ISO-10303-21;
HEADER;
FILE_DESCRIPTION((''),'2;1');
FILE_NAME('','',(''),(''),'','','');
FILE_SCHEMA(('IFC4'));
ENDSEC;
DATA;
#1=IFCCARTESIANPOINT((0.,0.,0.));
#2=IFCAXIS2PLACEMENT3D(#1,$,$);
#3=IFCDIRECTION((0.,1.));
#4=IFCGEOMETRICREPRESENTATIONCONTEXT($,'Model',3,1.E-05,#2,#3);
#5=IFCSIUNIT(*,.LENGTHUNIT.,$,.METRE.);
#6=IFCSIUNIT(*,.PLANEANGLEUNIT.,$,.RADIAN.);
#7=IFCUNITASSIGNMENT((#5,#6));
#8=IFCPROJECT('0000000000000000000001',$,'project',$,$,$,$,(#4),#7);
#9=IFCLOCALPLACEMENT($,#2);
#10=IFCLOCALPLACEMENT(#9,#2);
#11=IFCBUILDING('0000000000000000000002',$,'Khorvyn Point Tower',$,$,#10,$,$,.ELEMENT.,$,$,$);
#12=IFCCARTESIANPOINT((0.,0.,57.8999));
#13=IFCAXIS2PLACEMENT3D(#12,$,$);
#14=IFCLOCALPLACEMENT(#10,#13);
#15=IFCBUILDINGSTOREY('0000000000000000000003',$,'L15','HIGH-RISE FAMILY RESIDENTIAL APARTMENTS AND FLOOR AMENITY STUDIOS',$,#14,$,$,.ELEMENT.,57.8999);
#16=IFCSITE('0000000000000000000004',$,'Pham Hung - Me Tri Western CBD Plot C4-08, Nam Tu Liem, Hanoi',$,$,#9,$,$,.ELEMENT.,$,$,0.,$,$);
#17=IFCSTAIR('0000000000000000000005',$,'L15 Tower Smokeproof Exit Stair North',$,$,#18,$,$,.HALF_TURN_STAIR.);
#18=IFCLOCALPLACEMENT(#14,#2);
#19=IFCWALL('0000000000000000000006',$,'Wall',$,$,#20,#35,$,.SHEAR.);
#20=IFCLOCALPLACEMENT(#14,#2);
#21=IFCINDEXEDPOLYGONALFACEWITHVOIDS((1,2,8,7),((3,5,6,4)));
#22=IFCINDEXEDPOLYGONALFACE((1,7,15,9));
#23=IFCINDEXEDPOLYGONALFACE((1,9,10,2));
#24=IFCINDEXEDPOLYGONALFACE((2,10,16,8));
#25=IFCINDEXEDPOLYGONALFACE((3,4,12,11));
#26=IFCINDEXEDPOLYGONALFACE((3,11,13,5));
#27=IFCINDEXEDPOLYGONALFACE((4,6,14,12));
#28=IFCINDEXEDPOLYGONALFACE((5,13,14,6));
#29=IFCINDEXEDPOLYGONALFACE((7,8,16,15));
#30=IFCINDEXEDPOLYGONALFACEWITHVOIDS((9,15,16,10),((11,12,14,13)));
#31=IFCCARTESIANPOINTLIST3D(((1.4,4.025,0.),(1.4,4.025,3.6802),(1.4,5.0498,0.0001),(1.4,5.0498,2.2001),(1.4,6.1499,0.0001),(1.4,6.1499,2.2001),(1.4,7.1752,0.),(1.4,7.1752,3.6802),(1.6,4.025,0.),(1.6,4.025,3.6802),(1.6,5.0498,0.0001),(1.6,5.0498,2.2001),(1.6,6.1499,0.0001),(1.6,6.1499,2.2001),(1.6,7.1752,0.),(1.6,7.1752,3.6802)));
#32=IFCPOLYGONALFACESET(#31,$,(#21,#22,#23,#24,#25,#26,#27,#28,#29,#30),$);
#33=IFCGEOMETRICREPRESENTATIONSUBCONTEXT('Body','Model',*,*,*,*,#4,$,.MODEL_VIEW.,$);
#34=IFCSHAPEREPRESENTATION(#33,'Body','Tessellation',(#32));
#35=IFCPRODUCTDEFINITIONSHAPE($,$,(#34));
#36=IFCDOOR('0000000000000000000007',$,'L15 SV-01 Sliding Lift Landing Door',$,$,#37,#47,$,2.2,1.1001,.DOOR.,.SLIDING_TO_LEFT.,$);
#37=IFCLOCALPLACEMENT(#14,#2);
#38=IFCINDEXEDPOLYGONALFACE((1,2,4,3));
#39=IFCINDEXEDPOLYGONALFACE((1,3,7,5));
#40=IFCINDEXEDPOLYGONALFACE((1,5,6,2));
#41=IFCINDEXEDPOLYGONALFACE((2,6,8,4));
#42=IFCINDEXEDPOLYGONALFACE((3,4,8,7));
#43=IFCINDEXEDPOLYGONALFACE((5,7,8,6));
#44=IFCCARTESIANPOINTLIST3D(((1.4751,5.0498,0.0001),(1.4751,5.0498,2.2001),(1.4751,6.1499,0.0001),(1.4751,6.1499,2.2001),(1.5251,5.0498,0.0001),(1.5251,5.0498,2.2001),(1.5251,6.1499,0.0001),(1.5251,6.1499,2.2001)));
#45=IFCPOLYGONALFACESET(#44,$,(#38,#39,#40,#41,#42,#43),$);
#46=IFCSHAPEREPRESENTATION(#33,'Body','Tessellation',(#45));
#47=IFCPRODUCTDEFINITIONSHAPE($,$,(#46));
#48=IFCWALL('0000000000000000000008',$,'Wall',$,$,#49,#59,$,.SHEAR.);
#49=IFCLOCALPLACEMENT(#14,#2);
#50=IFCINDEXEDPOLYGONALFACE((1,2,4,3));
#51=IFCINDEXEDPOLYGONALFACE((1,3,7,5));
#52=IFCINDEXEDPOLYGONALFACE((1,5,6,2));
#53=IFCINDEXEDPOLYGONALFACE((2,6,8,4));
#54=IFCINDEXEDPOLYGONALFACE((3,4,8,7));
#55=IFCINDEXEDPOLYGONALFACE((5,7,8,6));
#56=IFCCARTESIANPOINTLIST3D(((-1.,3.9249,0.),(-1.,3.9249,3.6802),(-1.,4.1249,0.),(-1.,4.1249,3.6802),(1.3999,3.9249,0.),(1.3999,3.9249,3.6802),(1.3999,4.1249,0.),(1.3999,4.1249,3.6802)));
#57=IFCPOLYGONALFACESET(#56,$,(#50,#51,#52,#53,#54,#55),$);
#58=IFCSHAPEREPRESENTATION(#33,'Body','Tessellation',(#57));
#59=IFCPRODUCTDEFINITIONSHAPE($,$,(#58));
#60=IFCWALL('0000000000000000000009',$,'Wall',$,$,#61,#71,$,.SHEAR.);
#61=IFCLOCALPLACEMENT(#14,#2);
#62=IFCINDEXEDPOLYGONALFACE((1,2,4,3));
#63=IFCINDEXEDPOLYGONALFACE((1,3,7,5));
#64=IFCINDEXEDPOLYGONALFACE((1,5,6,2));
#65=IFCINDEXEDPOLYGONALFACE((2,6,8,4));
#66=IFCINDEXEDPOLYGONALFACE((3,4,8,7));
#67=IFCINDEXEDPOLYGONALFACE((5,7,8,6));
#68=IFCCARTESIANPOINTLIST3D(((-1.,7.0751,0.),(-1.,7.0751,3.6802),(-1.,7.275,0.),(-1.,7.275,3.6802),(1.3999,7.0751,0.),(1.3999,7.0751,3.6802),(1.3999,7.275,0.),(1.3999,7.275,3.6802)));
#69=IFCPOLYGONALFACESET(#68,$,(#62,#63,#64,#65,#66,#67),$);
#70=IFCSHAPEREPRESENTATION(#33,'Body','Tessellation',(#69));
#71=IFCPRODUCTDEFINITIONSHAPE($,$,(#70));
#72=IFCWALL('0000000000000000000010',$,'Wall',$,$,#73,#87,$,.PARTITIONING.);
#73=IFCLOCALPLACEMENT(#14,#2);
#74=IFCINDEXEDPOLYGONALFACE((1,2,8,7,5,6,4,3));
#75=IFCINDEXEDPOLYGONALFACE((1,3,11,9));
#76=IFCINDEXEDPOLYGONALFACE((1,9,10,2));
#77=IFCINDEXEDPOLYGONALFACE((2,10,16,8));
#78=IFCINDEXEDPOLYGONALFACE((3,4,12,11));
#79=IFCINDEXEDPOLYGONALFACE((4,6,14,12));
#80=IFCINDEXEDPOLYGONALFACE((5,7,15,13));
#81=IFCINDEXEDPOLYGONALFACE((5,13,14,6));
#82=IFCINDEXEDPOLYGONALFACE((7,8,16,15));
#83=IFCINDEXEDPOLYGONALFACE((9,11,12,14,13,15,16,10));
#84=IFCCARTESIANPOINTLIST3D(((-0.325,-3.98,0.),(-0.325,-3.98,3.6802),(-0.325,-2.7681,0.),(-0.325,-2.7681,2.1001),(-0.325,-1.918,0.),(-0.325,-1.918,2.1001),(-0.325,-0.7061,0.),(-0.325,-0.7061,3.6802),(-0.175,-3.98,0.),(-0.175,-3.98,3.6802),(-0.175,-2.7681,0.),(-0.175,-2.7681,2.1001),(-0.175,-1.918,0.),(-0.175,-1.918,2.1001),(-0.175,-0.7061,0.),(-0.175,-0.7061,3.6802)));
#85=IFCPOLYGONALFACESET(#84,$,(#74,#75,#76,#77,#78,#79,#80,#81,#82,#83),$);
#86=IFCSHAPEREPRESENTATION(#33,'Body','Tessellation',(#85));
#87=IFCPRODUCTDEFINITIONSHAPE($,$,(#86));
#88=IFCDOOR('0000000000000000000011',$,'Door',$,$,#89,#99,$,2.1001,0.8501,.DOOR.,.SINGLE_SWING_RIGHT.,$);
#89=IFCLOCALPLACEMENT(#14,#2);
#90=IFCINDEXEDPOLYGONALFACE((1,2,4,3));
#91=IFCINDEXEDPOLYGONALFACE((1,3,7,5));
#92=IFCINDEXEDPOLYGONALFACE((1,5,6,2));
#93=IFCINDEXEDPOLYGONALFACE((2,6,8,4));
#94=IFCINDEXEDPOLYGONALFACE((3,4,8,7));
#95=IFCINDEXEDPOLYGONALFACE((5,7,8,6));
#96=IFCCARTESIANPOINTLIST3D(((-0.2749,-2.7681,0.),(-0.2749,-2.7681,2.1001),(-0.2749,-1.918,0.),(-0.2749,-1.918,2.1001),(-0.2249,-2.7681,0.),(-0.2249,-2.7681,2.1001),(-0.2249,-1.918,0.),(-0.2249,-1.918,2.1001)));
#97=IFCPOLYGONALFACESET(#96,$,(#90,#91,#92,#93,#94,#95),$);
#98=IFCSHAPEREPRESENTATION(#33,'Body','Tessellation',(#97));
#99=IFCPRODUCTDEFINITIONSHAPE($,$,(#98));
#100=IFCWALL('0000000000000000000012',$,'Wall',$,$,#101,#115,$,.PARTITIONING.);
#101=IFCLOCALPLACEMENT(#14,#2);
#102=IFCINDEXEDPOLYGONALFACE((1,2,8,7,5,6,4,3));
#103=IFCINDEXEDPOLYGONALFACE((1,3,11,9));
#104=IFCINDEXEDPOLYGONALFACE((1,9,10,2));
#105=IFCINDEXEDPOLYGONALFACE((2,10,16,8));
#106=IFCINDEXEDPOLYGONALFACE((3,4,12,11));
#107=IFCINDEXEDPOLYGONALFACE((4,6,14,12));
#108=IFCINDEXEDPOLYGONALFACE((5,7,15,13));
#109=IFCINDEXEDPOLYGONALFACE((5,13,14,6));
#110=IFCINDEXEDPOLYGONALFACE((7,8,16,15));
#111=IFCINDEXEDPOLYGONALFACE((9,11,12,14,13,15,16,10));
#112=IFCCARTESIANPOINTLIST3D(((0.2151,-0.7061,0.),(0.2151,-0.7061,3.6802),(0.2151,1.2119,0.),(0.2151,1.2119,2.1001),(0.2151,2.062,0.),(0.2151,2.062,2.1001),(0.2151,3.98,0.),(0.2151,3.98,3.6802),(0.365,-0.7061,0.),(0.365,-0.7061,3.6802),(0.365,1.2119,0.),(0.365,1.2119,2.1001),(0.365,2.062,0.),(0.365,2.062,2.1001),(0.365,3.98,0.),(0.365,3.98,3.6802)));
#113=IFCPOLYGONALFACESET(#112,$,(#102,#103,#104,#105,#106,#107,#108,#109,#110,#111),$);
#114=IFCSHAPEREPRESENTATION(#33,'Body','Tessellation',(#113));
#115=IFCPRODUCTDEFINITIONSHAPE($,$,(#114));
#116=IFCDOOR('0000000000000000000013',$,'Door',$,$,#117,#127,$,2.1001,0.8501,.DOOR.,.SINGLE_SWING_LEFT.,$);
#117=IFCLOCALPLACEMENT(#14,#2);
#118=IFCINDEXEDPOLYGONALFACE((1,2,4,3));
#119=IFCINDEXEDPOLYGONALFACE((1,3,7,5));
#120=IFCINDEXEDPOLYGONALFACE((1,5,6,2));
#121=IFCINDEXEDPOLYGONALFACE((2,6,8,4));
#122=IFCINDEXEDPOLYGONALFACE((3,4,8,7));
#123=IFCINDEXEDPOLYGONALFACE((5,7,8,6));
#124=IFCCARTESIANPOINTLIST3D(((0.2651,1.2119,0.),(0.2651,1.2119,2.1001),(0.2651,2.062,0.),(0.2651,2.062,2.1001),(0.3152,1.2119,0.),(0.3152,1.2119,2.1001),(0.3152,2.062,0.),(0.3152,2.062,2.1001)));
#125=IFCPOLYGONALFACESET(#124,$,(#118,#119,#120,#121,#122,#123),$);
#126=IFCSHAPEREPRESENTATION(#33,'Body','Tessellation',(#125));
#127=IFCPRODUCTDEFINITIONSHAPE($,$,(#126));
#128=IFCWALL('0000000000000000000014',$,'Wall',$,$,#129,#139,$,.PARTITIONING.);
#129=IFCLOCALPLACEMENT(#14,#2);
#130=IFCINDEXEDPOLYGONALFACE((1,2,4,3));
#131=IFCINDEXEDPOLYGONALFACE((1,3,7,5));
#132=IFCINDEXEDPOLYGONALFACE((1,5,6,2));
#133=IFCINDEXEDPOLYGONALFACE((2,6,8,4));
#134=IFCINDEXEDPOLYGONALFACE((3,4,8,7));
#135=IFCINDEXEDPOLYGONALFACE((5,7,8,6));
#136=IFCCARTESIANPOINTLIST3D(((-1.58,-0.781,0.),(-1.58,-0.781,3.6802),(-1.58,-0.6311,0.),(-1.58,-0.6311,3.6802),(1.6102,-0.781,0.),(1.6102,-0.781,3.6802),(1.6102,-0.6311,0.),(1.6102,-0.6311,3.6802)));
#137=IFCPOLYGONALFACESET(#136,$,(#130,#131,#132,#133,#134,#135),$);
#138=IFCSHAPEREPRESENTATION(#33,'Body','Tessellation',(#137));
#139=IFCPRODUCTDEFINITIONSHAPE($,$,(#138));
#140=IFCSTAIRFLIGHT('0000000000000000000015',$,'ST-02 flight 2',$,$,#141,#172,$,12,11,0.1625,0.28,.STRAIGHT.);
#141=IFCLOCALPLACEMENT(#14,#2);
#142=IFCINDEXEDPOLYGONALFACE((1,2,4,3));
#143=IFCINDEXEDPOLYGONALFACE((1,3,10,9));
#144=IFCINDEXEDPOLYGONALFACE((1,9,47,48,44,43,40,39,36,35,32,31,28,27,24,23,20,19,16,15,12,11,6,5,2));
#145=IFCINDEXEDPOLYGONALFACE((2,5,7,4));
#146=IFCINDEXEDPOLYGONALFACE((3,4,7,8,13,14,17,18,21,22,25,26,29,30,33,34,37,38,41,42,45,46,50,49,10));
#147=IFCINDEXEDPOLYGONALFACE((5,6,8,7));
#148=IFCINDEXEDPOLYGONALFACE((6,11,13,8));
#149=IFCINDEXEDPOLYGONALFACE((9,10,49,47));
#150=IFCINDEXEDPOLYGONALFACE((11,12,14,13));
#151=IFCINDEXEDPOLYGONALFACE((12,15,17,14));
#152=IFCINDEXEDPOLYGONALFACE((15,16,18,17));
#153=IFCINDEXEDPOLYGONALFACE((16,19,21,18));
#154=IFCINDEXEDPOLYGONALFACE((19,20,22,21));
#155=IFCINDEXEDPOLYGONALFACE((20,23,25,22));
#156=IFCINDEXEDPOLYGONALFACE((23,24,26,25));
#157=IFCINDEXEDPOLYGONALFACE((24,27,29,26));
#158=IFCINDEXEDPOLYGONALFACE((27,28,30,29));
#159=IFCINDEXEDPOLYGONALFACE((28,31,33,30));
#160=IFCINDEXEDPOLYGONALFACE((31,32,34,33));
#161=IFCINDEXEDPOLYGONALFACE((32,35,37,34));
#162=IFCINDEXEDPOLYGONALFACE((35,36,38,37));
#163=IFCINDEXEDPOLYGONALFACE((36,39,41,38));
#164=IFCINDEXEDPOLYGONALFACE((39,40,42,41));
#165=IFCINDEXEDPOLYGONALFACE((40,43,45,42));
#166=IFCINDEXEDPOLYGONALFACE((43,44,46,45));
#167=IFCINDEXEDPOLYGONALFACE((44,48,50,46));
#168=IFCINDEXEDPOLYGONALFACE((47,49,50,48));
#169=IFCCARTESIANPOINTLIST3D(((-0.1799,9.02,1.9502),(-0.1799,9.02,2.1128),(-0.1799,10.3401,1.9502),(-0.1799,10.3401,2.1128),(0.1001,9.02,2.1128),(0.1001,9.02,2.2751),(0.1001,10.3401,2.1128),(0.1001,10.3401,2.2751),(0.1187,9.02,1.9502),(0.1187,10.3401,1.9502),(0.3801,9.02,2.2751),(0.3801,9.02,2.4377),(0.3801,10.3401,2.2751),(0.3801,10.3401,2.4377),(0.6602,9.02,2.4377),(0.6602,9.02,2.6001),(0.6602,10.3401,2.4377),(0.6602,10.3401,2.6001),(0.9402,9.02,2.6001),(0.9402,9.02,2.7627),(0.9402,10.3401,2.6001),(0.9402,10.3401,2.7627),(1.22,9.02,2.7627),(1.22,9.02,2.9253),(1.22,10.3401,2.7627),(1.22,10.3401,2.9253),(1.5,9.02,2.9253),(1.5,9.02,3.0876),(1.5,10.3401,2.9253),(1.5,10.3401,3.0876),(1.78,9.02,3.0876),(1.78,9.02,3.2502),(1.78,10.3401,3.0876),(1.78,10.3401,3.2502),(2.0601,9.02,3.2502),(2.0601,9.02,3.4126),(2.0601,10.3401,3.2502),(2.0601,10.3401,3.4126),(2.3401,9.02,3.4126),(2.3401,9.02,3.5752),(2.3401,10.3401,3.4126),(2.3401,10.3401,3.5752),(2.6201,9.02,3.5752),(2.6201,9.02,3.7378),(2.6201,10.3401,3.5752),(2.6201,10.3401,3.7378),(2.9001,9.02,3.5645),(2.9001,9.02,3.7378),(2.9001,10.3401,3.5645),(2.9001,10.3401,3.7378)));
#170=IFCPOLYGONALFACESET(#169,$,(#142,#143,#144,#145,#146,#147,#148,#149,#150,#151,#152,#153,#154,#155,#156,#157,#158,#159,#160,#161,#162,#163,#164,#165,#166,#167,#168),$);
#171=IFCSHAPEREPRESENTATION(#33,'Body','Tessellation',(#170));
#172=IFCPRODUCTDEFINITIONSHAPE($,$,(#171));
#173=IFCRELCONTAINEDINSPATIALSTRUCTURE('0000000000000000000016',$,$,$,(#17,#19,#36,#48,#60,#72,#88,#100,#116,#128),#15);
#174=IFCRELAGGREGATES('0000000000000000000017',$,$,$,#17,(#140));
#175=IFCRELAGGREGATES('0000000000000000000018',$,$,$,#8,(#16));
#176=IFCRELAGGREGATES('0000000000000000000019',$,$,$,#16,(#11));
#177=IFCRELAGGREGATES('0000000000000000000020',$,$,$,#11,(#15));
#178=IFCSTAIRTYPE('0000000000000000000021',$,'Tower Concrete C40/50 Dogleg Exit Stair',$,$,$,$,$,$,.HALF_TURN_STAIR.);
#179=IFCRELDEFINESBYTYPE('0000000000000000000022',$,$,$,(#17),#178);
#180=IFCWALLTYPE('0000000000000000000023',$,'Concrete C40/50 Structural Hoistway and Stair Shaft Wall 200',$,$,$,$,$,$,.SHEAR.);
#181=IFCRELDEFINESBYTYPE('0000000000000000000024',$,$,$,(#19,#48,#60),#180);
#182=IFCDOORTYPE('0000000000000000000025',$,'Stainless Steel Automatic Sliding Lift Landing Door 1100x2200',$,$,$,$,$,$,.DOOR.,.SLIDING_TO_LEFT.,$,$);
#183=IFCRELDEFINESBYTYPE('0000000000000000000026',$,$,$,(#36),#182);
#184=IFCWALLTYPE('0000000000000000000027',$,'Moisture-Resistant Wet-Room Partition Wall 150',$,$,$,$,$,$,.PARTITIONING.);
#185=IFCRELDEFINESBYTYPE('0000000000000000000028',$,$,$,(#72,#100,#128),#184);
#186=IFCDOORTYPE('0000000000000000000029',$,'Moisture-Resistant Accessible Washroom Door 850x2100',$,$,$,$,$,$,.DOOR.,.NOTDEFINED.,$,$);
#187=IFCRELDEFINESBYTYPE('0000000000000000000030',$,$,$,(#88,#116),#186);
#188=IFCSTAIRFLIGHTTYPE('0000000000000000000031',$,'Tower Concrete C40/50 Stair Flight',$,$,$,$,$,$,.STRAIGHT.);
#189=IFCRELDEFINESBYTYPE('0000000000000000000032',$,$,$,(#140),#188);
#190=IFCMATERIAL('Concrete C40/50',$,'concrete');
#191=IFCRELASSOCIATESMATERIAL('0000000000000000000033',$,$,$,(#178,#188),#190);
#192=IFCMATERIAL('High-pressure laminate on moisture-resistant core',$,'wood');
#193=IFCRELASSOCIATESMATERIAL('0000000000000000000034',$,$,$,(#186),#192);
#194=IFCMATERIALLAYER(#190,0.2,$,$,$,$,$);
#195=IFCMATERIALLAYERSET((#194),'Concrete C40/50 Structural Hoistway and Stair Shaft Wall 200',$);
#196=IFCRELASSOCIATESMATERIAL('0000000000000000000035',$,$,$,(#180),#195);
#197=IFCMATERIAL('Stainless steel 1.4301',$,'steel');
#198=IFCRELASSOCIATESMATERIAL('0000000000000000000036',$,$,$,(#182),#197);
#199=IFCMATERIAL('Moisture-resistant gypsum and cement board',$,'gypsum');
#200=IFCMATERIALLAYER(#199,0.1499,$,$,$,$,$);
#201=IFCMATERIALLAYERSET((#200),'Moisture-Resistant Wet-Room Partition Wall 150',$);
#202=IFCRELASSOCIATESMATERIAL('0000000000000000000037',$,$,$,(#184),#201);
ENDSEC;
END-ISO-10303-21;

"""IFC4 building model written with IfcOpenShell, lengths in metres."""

from ifc_helpers import new_model, si_unit, direction, frame, frame_2d, origin, place, context, subcontext, project, spatial, polyline, rectangle, outline, extrude, material, layer, layer_set, type_object, element, fill, aggregate, save


model = new_model("IFC4")

# Units and contexts
model_context = context("Model", 3, precision=1e-05, world=origin(), true_north=direction((0.0, 1.0)))
body_context = subcontext(model_context, "Body", "Model", "MODEL_VIEW")
ifc_project = project(units=[si_unit("LENGTHUNIT", "METRE"), si_unit("PLANEANGLEUNIT", "RADIAN")], contexts=[model_context])

# Site, building, storey
site_placement = place(None, origin())
site = spatial("IfcSite", under=ifc_project, at=site_placement, Name="Pham Hung - Me Tri Western CBD Plot C4-08, Nam Tu Liem, Hanoi", CompositionType="ELEMENT", RefElevation=0.0)
building_placement = place(site_placement, origin())
building = spatial("IfcBuilding", under=site, at=building_placement, Name="Khorvyn Point Tower", CompositionType="ELEMENT")
storey_placement = place(building_placement, frame((0.0, 0.0, 57.8999)))
storey = spatial("IfcBuildingStorey", under=building, at=storey_placement, Name="L15", Description="HIGH-RISE FAMILY RESIDENTIAL APARTMENTS AND FLOOR AMENITY STUDIOS", CompositionType="ELEMENT", Elevation=57.8999)

# Shared definitions
ifc_material_1 = material(Name="Concrete C40/50", Category="concrete")

# Stair
stair_type = type_object("IfcStairType", Name="Tower Concrete C40/50 Dogleg Exit Stair", PredefinedType="HALF_TURN_STAIR", material=ifc_material_1)
stair_1_placement = place(storey_placement, origin())
stair_1 = element("IfcStair", 1, at=stair_1_placement, inside=storey, type_object=stair_type, Name="L15 Tower Smokeproof Exit Stair North", PredefinedType="HALF_TURN_STAIR")

# Shared definitions
ifc_material_2 = material(Name="High-pressure laminate on moisture-resistant core", Category="wood")
door_type_1 = type_object("IfcDoorType", Name="Moisture-Resistant Accessible Washroom Door 850x2100", OperationType="NOTDEFINED", PredefinedType="DOOR", material=ifc_material_2)

# Shared definitions
ifc_layer_1 = layer(ifc_material_1, 0.2)
ifc_layer_set_1 = layer_set([ifc_layer_1], Name="Concrete C40/50 Structural Hoistway and Stair Shaft Wall 200")
wall_type_1 = type_object("IfcWallType", Name="Concrete C40/50 Structural Hoistway and Stair Shaft Wall 200", PredefinedType="SHEAR", material=ifc_layer_set_1)

# Wall, opening, door
wall_1_placement = place(storey_placement, frame((1.5, 4.0249, 0.0), z_axis=(0.0, 0.0, 1.0), x_axis=(0.0, 1.0, 0.0)))
wall_1 = element("IfcWall", 2, at=wall_1_placement, inside=storey, type_object=wall_type_1, Name="Wall", PredefinedType="SHEAR", context=body_context, shape_type="SweptSolid", body=[
    extrude(rectangle(XDim=3.1501, YDim=0.2, at=frame_2d((1.5752, 0.0))), origin(), (0.0, 0.0, 1.0), 3.6802),
])
opening_1_placement = place(wall_1_placement, frame((1.0249, 0.0, 0.0)))
opening_1 = element("IfcOpeningElement", 3, at=opening_1_placement, cuts=wall_1, PredefinedType="OPENING", context=body_context, shape_type="SweptSolid", body=[
    extrude(rectangle(XDim=1.1001, YDim=2.2, at=frame_2d((0.55, 1.1001))), frame((0.0, 0.1099, 0.0), z_axis=(0.0, -1.0, 0.0), x_axis=(1.0, 0.0, 0.0)), (0.0, 0.0, 1.0), 0.22),
])
ifc_material_3 = material(Name="Stainless steel 1.4301", Category="steel")
door_type_2 = type_object("IfcDoorType", Name="Stainless Steel Automatic Sliding Lift Landing Door 1100x2200", OperationType="SLIDING_TO_LEFT", PredefinedType="DOOR", material=ifc_material_3)
door_1_placement = place(opening_1_placement, origin())
door_1 = element("IfcDoor", 4, at=door_1_placement, inside=storey, type_object=door_type_2, Name="L15 SV-01 Sliding Lift Landing Door", OperationType="SLIDING_TO_LEFT", OverallHeight=2.2, OverallWidth=1.1001, PredefinedType="DOOR", context=body_context, shape_type="SweptSolid", body=[
    extrude(rectangle(XDim=1.1001, YDim=2.2, at=frame_2d((0.55, 1.1001))), frame((0.0, 0.0249, 0.0), z_axis=(0.0, -1.0, 0.0), x_axis=(1.0, 0.0, 0.0)), (0.0, 0.0, 1.0), 0.05),
])
fill(opening_1, door_1)

# Walls
for number, where, z_axis, x_axis, name in (
    (5, (-1.0, 4.0249, 0.0), (0.0, 0.0, 1.0), (1.0, 0.0, 0.0), "Wall"),
    (6, (-1.0, 7.175, 0.0), (0.0, 0.0, 1.0), (1.0, 0.0, 0.0), "Wall"),
):
    element("IfcWall", number, at=place(storey_placement, frame(where, z_axis=z_axis, x_axis=x_axis)), inside=storey, type_object=wall_type_1, Name=name, PredefinedType="SHEAR", context=body_context, shape_type="SweptSolid", body=[
        extrude(rectangle(XDim=2.3999, YDim=0.2, at=frame_2d((1.2, 0.0))), origin(), (0.0, 0.0, 1.0), 3.6802),
    ])

# Walls, openings, doors
ifc_material_4 = material(Name="Moisture-resistant gypsum and cement board", Category="gypsum")
ifc_layer_2 = layer(ifc_material_4, 0.1499)
ifc_layer_set_2 = layer_set([ifc_layer_2], Name="Moisture-Resistant Wet-Room Partition Wall 150")
wall_type_2 = type_object("IfcWallType", Name="Moisture-Resistant Wet-Room Partition Wall 150", PredefinedType="PARTITIONING", material=ifc_layer_set_2)
wall_2_placement = place(storey_placement, frame((-0.25, -3.98, 0.0), z_axis=(0.0, 0.0, 1.0), x_axis=(0.0, 1.0, 0.0)))
wall_2 = element("IfcWall", 7, at=wall_2_placement, inside=storey, type_object=wall_type_2, Name="Wall", PredefinedType="PARTITIONING", context=body_context, shape_type="SweptSolid", body=[
    extrude(rectangle(XDim=3.2739, YDim=0.1499, at=frame_2d((1.637, 0.0))), origin(), (0.0, 0.0, 1.0), 3.6802),
])
opening_2_placement = place(wall_2_placement, frame((1.2119, 0.0, 0.0)))
opening_2 = element("IfcOpeningElement", 8, at=opening_2_placement, cuts=wall_2, PredefinedType="OPENING", context=body_context, shape_type="SweptSolid", body=[
    extrude(rectangle(XDim=0.8501, YDim=2.1001, at=frame_2d((0.425, 1.05))), frame((0.0, 0.085, 0.0), z_axis=(0.0, -1.0, 0.0), x_axis=(1.0, 0.0, 0.0)), (0.0, 0.0, 1.0), 0.1699),
])
door_2_placement = place(opening_2_placement, origin())
door_2 = element("IfcDoor", 9, at=door_2_placement, inside=storey, type_object=door_type_1, Name="Door", OperationType="SINGLE_SWING_RIGHT", OverallHeight=2.1001, OverallWidth=0.8501, PredefinedType="DOOR", context=body_context, shape_type="SweptSolid", body=[
    extrude(rectangle(XDim=0.8501, YDim=2.1001, at=frame_2d((0.425, 1.05))), frame((0.0, 0.0249, 0.0), z_axis=(0.0, -1.0, 0.0), x_axis=(1.0, 0.0, 0.0)), (0.0, 0.0, 1.0), 0.05),
])
fill(opening_2, door_2)
wall_3_placement = place(storey_placement, frame((0.29, -0.7061, 0.0), z_axis=(0.0, 0.0, 1.0), x_axis=(0.0, 1.0, 0.0)))
wall_3 = element("IfcWall", 10, at=wall_3_placement, inside=storey, type_object=wall_type_2, Name="Wall", PredefinedType="PARTITIONING", context=body_context, shape_type="SweptSolid", body=[
    extrude(rectangle(XDim=4.686, YDim=0.1499, at=frame_2d((2.343, 0.0))), origin(), (0.0, 0.0, 1.0), 3.6802),
])
opening_3_placement = place(wall_3_placement, frame((1.918, 0.0, 0.0)))
opening_3 = element("IfcOpeningElement", 11, at=opening_3_placement, cuts=wall_3, PredefinedType="OPENING", context=body_context, shape_type="SweptSolid", body=[
    extrude(rectangle(XDim=0.8501, YDim=2.1001, at=frame_2d((0.425, 1.05))), frame((0.0, 0.085, 0.0), z_axis=(0.0, -1.0, 0.0), x_axis=(1.0, 0.0, 0.0)), (0.0, 0.0, 1.0), 0.1699),
])
door_3_placement = place(opening_3_placement, origin())
door_3 = element("IfcDoor", 12, at=door_3_placement, inside=storey, type_object=door_type_1, Name="Door", OperationType="SINGLE_SWING_LEFT", OverallHeight=2.1001, OverallWidth=0.8501, PredefinedType="DOOR", context=body_context, shape_type="SweptSolid", body=[
    extrude(rectangle(XDim=0.8501, YDim=2.1001, at=frame_2d((0.425, 1.05))), frame((0.0, 0.0249, 0.0), z_axis=(0.0, -1.0, 0.0), x_axis=(1.0, 0.0, 0.0)), (0.0, 0.0, 1.0), 0.05),
])
fill(opening_3, door_3)

# Wall
wall_4_placement = place(storey_placement, frame((-1.5801, -0.7061, 0.0), z_axis=(0.0, 0.0, 1.0), x_axis=(1.0, 0.0, 0.0)))
element("IfcWall", 13, at=wall_4_placement, inside=storey, type_object=wall_type_2, Name="Wall", PredefinedType="PARTITIONING", context=body_context, shape_type="SweptSolid", body=[
    extrude(rectangle(XDim=3.1902, YDim=0.1499, at=frame_2d((1.5952, 0.0))), origin(), (0.0, 0.0, 1.0), 3.6802),
])

# Stair flight
stair_flight_type = type_object("IfcStairFlightType", Name="Tower Concrete C40/50 Stair Flight", PredefinedType="STRAIGHT", material=ifc_material_1)
stair_flight_placement = place(storey_placement, frame((-0.1799, 9.6799, 1.9502), z_axis=(0.0, 0.0, 1.0), x_axis=(1.0, 0.0, 0.0)))
stair_flight = element("IfcStairFlight", 14, at=stair_flight_placement, type_object=stair_flight_type, Name="ST-02 flight 2", NumberOfRisers=12, NumberOfTreads=11, PredefinedType="STRAIGHT", RiserHeight=0.1625, TreadLength=0.28, context=body_context, shape_type="SweptSolid", body=[
    extrude(outline(polyline([(0.0, 0.0), (0.0, 0.1626), (0.28, 0.1626), (0.28, 0.325), (0.5601, 0.325), (0.5601, 0.4875), (0.8401, 0.4875), (0.8401, 0.6499), (1.1201, 0.6499), (1.1201, 0.8125), (1.3999, 0.8125), (1.3999, 0.9751), (1.6799, 0.9751), (1.6799, 1.1375), (1.96, 1.1375), (1.96, 1.3), (2.24, 1.3), (2.24, 1.4624), (2.52, 1.4624), (2.52, 1.625), (2.8, 1.625), (2.8, 1.7876), (3.0801, 1.7876), (3.0801, 1.95), (3.0801, 1.6143), (0.2986, 0.0), (0.0, 0.0)])), frame((0.0, 0.6602, 0.0), z_axis=(0.0, -1.0, 0.0), x_axis=(1.0, 0.0, 0.0)), (0.0, 0.0, 1.0), 1.3201),
])
aggregate(stair_1, [stair_flight])

save(model, "model.ifc")
